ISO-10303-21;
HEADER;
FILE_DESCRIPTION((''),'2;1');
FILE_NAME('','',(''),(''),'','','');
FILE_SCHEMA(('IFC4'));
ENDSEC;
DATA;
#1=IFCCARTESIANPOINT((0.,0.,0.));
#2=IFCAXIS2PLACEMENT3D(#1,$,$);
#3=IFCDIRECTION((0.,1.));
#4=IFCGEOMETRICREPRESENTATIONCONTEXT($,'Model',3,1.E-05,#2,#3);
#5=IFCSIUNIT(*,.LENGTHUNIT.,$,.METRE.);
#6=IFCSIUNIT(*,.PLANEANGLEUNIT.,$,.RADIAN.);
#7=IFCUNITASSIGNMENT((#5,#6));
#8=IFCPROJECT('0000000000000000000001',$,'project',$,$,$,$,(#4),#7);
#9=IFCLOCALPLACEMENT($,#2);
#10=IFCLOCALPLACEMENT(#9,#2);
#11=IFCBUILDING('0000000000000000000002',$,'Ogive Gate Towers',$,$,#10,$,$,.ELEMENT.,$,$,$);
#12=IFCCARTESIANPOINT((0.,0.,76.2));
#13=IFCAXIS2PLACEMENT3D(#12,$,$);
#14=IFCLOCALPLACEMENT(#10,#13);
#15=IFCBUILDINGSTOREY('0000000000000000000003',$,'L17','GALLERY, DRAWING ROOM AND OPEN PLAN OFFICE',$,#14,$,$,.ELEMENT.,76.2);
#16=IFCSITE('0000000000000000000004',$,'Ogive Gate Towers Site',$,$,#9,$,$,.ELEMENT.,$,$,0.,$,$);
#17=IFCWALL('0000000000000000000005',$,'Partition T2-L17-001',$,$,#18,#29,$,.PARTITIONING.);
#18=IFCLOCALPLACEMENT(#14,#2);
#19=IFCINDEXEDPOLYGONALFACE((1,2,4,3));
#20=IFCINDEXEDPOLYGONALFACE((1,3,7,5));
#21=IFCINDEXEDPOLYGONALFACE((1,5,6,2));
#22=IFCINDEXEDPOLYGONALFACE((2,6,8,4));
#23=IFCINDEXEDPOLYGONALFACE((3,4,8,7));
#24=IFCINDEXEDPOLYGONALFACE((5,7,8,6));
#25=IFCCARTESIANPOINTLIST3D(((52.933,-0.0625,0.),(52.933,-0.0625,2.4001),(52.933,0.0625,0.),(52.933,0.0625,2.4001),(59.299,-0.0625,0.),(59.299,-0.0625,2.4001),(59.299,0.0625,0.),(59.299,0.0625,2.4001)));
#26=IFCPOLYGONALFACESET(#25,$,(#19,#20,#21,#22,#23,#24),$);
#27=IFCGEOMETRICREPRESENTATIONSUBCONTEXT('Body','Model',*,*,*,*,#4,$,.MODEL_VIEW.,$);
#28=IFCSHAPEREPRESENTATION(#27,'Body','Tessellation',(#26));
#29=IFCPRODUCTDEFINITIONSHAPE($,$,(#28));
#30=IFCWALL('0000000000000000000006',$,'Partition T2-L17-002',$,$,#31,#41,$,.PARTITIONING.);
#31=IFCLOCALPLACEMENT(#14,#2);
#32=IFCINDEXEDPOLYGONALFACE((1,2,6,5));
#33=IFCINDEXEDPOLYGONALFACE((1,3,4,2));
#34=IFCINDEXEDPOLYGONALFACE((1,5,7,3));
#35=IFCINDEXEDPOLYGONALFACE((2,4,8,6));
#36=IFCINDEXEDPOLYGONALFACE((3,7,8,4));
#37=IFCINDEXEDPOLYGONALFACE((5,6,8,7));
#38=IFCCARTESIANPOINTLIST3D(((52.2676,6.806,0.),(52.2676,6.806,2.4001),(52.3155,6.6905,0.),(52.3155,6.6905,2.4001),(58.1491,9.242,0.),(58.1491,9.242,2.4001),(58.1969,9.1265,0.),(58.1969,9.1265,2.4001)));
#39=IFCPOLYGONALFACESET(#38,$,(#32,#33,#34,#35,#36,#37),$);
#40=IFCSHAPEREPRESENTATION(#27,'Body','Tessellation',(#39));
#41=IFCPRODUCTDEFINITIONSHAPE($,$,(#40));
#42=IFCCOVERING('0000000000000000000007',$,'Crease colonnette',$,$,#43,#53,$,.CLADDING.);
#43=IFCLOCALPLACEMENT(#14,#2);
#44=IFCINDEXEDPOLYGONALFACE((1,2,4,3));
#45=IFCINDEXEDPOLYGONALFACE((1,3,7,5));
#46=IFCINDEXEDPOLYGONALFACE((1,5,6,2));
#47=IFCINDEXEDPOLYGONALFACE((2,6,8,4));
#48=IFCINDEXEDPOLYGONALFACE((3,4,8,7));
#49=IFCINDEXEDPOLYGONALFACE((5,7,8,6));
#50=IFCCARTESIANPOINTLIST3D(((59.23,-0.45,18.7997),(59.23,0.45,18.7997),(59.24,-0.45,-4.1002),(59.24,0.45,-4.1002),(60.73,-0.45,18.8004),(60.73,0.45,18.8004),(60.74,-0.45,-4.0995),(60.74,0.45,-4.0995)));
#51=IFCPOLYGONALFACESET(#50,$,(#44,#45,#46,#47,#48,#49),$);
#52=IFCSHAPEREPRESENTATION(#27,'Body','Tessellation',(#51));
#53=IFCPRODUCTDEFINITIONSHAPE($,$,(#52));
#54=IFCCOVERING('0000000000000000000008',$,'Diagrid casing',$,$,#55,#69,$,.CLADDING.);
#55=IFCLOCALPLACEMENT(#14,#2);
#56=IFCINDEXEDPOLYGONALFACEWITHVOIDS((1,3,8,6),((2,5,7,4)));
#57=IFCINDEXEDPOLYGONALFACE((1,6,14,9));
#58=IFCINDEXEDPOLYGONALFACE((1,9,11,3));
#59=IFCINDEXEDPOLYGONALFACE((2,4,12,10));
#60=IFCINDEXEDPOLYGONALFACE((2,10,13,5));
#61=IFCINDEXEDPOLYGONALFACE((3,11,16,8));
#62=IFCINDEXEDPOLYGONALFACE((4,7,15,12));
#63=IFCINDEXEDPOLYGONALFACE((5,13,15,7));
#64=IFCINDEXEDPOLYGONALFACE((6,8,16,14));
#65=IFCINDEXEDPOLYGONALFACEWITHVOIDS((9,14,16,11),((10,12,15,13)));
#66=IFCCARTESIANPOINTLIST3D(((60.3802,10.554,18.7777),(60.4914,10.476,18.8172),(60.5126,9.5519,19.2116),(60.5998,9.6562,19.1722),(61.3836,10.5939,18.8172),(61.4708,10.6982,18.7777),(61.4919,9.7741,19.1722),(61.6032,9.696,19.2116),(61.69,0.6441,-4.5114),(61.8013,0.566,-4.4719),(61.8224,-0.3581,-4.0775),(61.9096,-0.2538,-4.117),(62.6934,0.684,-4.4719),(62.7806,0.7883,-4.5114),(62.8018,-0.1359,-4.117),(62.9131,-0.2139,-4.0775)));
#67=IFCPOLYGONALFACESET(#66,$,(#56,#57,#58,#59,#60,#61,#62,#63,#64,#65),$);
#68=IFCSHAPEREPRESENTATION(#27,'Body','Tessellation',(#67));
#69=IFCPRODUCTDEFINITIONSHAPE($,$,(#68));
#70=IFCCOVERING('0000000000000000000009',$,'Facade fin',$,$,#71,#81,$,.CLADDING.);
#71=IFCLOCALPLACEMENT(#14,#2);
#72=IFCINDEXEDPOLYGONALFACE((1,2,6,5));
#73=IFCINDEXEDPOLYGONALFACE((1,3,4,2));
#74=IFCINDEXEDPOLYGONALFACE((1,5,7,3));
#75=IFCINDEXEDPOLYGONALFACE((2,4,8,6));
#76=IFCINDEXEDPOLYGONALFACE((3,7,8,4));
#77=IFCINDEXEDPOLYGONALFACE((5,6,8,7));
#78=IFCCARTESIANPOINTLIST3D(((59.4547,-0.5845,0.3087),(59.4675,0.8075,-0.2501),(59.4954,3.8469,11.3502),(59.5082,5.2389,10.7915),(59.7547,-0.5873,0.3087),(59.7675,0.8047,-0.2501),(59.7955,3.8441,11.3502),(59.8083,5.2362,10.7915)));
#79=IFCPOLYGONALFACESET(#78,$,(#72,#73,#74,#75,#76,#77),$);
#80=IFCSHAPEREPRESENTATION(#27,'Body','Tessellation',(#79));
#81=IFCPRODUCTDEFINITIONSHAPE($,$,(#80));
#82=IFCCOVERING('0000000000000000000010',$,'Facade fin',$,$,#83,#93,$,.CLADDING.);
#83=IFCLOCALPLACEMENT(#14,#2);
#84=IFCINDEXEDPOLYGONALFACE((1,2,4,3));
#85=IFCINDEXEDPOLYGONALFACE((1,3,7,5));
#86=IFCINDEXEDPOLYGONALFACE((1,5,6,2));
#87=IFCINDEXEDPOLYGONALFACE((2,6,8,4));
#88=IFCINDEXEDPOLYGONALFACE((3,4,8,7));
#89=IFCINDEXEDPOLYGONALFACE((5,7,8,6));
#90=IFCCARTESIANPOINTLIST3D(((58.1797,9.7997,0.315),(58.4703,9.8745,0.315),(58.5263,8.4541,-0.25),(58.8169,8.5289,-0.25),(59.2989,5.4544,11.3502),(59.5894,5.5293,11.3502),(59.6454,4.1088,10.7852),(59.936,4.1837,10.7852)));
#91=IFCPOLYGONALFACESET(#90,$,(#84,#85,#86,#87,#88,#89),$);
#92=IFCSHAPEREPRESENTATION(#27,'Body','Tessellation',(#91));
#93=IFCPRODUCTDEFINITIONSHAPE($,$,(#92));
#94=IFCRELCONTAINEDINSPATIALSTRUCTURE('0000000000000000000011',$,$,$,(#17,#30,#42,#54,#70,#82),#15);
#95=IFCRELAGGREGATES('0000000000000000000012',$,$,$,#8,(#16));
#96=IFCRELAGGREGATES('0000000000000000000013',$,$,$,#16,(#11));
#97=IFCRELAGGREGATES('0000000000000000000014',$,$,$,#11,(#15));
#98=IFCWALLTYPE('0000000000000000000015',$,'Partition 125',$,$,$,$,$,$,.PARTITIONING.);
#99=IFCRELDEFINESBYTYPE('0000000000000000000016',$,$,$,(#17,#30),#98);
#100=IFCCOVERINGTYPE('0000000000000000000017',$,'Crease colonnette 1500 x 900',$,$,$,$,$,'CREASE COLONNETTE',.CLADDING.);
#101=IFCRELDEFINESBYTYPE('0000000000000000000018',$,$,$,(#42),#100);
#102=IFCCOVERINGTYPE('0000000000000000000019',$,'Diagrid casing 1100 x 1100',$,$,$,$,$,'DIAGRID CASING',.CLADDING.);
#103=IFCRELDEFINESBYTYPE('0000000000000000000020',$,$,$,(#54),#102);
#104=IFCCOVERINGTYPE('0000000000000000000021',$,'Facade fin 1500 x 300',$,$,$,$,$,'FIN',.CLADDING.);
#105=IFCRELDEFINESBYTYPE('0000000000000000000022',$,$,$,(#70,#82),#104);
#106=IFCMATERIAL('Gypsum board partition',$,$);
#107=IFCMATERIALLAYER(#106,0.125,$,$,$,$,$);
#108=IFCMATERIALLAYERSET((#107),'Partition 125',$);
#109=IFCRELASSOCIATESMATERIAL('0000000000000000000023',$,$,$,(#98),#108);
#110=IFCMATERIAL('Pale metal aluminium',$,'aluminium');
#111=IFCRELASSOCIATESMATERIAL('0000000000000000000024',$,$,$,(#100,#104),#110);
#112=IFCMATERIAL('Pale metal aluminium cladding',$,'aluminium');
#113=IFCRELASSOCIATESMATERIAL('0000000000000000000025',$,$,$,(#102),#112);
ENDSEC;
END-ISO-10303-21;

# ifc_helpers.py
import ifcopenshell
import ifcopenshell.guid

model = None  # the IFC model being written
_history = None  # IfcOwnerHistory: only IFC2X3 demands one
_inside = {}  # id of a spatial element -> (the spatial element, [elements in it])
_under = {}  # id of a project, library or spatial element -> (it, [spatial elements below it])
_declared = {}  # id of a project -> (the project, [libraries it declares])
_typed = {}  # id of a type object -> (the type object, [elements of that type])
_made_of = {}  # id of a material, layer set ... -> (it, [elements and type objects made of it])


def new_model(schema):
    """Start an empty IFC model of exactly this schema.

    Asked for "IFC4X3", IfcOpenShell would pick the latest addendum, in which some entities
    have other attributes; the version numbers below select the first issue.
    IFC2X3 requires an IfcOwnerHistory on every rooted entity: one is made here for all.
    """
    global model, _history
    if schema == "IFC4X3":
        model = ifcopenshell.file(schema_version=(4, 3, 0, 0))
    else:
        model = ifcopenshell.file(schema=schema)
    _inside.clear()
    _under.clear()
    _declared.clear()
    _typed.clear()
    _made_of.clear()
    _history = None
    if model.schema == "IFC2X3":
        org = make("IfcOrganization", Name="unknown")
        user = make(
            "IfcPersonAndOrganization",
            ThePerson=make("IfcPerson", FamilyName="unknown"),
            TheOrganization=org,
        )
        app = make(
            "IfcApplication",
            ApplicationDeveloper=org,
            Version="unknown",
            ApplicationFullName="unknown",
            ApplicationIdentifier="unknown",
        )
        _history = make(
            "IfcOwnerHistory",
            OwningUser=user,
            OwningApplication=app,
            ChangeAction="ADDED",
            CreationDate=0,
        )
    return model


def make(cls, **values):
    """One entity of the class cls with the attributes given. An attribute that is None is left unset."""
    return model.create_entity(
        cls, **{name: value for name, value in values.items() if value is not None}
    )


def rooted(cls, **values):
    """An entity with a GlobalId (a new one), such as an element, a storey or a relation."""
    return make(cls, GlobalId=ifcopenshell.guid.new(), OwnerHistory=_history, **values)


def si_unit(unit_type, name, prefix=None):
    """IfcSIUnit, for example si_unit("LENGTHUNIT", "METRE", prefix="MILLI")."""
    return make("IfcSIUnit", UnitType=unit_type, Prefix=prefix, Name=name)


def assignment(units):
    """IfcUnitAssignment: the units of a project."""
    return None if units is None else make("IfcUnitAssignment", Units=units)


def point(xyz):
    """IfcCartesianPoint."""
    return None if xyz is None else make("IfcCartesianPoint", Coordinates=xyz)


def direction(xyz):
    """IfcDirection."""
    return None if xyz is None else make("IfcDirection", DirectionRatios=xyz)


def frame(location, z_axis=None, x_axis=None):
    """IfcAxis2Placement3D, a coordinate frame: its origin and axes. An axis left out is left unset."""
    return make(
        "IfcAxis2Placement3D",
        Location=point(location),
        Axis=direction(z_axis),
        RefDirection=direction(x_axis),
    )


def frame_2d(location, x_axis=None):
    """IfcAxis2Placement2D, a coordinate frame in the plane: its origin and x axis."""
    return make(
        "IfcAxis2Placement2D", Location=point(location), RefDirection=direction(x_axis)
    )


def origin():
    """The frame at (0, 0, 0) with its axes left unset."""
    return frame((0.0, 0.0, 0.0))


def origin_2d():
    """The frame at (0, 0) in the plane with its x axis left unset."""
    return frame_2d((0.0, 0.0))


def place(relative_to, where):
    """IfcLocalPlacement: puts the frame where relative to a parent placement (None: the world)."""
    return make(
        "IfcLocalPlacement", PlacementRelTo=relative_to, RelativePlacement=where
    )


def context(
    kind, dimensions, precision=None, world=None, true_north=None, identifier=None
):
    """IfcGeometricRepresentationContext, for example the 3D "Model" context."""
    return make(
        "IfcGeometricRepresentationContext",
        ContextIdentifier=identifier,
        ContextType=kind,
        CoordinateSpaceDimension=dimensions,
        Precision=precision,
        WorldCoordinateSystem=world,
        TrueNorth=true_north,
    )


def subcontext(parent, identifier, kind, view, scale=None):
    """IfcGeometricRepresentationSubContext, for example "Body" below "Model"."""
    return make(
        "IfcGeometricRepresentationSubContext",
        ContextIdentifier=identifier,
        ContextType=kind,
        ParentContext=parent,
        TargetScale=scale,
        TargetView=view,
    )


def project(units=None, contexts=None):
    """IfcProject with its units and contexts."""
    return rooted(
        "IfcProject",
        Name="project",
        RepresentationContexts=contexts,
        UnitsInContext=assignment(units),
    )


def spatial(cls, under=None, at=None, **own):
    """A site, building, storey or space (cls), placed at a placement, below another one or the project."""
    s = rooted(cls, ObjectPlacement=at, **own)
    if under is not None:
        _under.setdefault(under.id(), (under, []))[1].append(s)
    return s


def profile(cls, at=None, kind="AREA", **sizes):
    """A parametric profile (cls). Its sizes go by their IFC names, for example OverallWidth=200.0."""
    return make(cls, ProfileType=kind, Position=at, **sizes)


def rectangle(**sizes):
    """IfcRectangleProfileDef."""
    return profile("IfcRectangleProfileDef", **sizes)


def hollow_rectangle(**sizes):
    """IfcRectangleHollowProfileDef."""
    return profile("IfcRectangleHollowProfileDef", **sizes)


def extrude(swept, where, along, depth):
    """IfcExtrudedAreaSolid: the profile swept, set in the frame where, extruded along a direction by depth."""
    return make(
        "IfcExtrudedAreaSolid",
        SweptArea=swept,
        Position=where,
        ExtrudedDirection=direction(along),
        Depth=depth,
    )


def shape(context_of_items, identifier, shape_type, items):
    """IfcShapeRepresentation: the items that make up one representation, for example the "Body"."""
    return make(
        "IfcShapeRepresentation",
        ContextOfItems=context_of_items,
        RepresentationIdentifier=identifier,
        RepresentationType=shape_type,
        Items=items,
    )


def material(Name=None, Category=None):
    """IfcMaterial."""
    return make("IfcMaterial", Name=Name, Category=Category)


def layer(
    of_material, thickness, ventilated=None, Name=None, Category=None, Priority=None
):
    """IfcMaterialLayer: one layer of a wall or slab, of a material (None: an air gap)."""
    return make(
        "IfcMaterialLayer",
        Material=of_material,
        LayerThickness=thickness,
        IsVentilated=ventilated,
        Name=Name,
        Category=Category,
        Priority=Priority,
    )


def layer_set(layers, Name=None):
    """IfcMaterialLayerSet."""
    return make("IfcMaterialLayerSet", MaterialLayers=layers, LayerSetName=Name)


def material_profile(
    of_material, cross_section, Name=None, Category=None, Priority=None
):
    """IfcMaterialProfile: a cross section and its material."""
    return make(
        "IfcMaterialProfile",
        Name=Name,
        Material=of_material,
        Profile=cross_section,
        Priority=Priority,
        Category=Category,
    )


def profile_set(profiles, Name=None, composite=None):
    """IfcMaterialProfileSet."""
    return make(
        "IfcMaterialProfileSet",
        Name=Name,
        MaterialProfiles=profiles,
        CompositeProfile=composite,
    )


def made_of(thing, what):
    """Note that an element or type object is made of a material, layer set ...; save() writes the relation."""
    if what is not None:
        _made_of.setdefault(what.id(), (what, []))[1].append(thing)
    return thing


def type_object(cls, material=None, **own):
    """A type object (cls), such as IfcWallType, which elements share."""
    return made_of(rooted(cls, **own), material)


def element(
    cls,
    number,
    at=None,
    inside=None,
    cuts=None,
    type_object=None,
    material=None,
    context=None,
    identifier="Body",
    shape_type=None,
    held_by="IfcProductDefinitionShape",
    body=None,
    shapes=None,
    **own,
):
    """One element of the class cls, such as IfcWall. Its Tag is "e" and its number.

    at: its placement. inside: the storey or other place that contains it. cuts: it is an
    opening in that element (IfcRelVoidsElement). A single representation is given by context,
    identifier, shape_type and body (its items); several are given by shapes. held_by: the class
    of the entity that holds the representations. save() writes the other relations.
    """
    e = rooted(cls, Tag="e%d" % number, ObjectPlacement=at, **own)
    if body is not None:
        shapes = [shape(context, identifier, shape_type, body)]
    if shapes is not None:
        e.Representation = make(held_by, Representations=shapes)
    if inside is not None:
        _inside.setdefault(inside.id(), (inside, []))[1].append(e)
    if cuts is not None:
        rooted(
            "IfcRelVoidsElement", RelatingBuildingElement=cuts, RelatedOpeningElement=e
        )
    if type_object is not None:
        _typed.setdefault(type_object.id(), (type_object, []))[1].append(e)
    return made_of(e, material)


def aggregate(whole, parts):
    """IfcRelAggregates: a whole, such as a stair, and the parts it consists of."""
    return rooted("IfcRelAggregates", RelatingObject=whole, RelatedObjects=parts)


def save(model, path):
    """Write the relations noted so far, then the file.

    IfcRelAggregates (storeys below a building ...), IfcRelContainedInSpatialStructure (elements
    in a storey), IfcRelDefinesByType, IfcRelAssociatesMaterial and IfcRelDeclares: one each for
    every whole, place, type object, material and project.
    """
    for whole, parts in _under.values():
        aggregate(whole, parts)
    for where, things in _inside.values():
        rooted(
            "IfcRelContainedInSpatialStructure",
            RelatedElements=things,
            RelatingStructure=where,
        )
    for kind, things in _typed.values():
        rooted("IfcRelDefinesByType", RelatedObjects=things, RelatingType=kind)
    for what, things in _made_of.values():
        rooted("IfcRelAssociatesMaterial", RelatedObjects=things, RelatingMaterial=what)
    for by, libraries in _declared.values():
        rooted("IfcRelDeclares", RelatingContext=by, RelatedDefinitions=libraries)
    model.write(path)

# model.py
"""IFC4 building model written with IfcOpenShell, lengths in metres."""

from ifc_helpers import new_model, si_unit, direction, frame, frame_2d, origin, origin_2d, place, context, subcontext, project, spatial, rectangle, hollow_rectangle, extrude, material, layer, layer_set, material_profile, profile_set, type_object, element, save


model = new_model("IFC4")

# Units and contexts
model_context = context("Model", 3, precision=1e-05, world=origin(), true_north=direction((0.0, 1.0)))
body_context = subcontext(model_context, "Body", "Model", "MODEL_VIEW")
ifc_project = project(units=[si_unit("LENGTHUNIT", "METRE"), si_unit("PLANEANGLEUNIT", "RADIAN")], contexts=[model_context])

# Site, building, storey
site_placement = place(None, origin())
site = spatial("IfcSite", under=ifc_project, at=site_placement, Name="Ogive Gate Towers Site", CompositionType="ELEMENT", RefElevation=0.0)
building_placement = place(site_placement, origin())
building = spatial("IfcBuilding", under=site, at=building_placement, Name="Ogive Gate Towers", CompositionType="ELEMENT")
storey_placement = place(building_placement, frame((0.0, 0.0, 76.2)))
storey = spatial("IfcBuildingStorey", under=building, at=storey_placement, Name="L17", Description="GALLERY, DRAWING ROOM AND OPEN PLAN OFFICE", CompositionType="ELEMENT", Elevation=76.2)

# Shared definitions
ifc_material_1 = material(Name="Pale metal aluminium", Category="aluminium")

# Walls
ifc_material_2 = material(Name="Gypsum board partition")
ifc_layer_1 = layer(ifc_material_2, 0.125)
ifc_layer_set_1 = layer_set([ifc_layer_1], Name="Partition 125")
wall_type = type_object("IfcWallType", Name="Partition 125", PredefinedType="PARTITIONING", material=ifc_layer_set_1)
for number, where, z_axis, x_axis, name in (
    (1, (59.2991, 0.0, 0.0), (0.0, 0.0, 1.0), (-1.0, 0.0, 0.0), "Partition T2-L17-001"),
    (2, (58.1731, 9.1843, 0.0), (0.0, 0.0, 1.0), (-0.923885, -0.38267, 0.0), "Partition T2-L17-002"),
):
    element("IfcWall", number, at=place(storey_placement, frame(where, z_axis=z_axis, x_axis=x_axis)), inside=storey, type_object=wall_type, Name=name, PredefinedType="PARTITIONING", context=body_context, shape_type="SweptSolid", body=[
        extrude(rectangle(XDim=6.366, YDim=0.125, at=frame_2d((3.1831, 0.0))), origin(), (0.0, 0.0, 1.0), 2.4001),
    ])

# Coverings
ifc_material_profile_1 = material_profile(ifc_material_1, rectangle(XDim=1.5, YDim=0.8999, at=origin_2d()), Name="1500 x 900 pale metal aluminium")
ifc_profile_set_1 = profile_set([ifc_material_profile_1], Name="Pale metal aluminium")
covering_type_1 = type_object("IfcCoveringType", Name="Crease colonnette 1500 x 900", ElementType="CREASE COLONNETTE", PredefinedType="CLADDING", material=ifc_profile_set_1)
covering_1_placement = place(storey_placement, frame((59.99, 0.0, -4.0999), z_axis=(-0.000437, 0.0, 1.0), x_axis=(1.0, 0.0, 0.0)))
element("IfcCovering", 3, at=covering_1_placement, inside=storey, type_object=covering_type_1, Name="Crease colonnette", PredefinedType="CLADDING", context=body_context, shape_type="SweptSolid", body=[
    extrude(rectangle(XDim=1.5, YDim=0.8999, at=origin_2d()), origin(), (0.0, 0.0, 1.0), 22.8999),
])
ifc_material_3 = material(Name="Pale metal aluminium cladding", Category="aluminium")
ifc_material_profile_2 = material_profile(ifc_material_3, hollow_rectangle(XDim=1.1001, YDim=1.1001, WallThickness=0.1001, at=origin_2d()), Name="1100 x 1100 pale metal casing")
ifc_profile_set_2 = profile_set([ifc_material_profile_2], Name="Pale metal aluminium cladding")
covering_type_2 = type_object("IfcCoveringType", Name="Diagrid casing 1100 x 1100", ElementType="DIAGRID CASING", PredefinedType="CLADDING", material=ifc_profile_set_2)
covering_2_placement = place(storey_placement, frame((62.3015, 0.2151, -4.2944), z_axis=(-0.051682, 0.391021, 0.91893), x_axis=(-0.991378, -0.131033, 0.0)))
element("IfcCovering", 4, at=covering_2_placement, inside=storey, type_object=covering_type_2, Name="Diagrid casing", PredefinedType="CLADDING", context=body_context, shape_type="SweptSolid", body=[
    extrude(hollow_rectangle(XDim=1.1001, YDim=1.1001, WallThickness=0.1001, at=origin_2d()), origin(), (0.0, 0.0, 1.0), 25.3438),
])
ifc_material_profile_3 = material_profile(ifc_material_1, rectangle(XDim=0.3, YDim=1.5, at=origin_2d()), Name="1500 x 300 pale metal aluminium")
ifc_profile_set_3 = profile_set([ifc_material_profile_3], Name="Pale metal aluminium")
covering_type_3 = type_object("IfcCoveringType", Name="Facade fin 1500 x 300", ElementType="FIN", PredefinedType="CLADDING", material=ifc_profile_set_3)
covering_3_placement = place(storey_placement, frame((59.6111, 0.1101, 0.0293), z_axis=(0.003427, 0.37246, 0.928042), x_axis=(-0.999958, 0.0092, 0.0)))
element("IfcCovering", 5, at=covering_3_placement, inside=storey, type_object=covering_type_3, Name="Facade fin", PredefinedType="CLADDING", context=body_context, shape_type="SweptSolid", body=[
    extrude(rectangle(XDim=0.3, YDim=1.5, at=origin_2d()), origin(), (0.0, 0.0, 1.0), 11.8977),
])
covering_4_placement = place(storey_placement, frame((58.4983, 9.1643, 0.0325), z_axis=(0.093947, -0.36476, 0.92635), x_axis=(0.968396, 0.249417, 0.0)))
element("IfcCovering", 6, at=covering_4_placement, inside=storey, type_object=covering_type_3, Name="Facade fin", PredefinedType="CLADDING", context=body_context, shape_type="SweptSolid", body=[
    extrude(rectangle(XDim=0.3, YDim=1.5, at=origin_2d()), origin(), (0.0, 0.0, 1.0), 11.9126),
])

save(model, "model.ifc")
